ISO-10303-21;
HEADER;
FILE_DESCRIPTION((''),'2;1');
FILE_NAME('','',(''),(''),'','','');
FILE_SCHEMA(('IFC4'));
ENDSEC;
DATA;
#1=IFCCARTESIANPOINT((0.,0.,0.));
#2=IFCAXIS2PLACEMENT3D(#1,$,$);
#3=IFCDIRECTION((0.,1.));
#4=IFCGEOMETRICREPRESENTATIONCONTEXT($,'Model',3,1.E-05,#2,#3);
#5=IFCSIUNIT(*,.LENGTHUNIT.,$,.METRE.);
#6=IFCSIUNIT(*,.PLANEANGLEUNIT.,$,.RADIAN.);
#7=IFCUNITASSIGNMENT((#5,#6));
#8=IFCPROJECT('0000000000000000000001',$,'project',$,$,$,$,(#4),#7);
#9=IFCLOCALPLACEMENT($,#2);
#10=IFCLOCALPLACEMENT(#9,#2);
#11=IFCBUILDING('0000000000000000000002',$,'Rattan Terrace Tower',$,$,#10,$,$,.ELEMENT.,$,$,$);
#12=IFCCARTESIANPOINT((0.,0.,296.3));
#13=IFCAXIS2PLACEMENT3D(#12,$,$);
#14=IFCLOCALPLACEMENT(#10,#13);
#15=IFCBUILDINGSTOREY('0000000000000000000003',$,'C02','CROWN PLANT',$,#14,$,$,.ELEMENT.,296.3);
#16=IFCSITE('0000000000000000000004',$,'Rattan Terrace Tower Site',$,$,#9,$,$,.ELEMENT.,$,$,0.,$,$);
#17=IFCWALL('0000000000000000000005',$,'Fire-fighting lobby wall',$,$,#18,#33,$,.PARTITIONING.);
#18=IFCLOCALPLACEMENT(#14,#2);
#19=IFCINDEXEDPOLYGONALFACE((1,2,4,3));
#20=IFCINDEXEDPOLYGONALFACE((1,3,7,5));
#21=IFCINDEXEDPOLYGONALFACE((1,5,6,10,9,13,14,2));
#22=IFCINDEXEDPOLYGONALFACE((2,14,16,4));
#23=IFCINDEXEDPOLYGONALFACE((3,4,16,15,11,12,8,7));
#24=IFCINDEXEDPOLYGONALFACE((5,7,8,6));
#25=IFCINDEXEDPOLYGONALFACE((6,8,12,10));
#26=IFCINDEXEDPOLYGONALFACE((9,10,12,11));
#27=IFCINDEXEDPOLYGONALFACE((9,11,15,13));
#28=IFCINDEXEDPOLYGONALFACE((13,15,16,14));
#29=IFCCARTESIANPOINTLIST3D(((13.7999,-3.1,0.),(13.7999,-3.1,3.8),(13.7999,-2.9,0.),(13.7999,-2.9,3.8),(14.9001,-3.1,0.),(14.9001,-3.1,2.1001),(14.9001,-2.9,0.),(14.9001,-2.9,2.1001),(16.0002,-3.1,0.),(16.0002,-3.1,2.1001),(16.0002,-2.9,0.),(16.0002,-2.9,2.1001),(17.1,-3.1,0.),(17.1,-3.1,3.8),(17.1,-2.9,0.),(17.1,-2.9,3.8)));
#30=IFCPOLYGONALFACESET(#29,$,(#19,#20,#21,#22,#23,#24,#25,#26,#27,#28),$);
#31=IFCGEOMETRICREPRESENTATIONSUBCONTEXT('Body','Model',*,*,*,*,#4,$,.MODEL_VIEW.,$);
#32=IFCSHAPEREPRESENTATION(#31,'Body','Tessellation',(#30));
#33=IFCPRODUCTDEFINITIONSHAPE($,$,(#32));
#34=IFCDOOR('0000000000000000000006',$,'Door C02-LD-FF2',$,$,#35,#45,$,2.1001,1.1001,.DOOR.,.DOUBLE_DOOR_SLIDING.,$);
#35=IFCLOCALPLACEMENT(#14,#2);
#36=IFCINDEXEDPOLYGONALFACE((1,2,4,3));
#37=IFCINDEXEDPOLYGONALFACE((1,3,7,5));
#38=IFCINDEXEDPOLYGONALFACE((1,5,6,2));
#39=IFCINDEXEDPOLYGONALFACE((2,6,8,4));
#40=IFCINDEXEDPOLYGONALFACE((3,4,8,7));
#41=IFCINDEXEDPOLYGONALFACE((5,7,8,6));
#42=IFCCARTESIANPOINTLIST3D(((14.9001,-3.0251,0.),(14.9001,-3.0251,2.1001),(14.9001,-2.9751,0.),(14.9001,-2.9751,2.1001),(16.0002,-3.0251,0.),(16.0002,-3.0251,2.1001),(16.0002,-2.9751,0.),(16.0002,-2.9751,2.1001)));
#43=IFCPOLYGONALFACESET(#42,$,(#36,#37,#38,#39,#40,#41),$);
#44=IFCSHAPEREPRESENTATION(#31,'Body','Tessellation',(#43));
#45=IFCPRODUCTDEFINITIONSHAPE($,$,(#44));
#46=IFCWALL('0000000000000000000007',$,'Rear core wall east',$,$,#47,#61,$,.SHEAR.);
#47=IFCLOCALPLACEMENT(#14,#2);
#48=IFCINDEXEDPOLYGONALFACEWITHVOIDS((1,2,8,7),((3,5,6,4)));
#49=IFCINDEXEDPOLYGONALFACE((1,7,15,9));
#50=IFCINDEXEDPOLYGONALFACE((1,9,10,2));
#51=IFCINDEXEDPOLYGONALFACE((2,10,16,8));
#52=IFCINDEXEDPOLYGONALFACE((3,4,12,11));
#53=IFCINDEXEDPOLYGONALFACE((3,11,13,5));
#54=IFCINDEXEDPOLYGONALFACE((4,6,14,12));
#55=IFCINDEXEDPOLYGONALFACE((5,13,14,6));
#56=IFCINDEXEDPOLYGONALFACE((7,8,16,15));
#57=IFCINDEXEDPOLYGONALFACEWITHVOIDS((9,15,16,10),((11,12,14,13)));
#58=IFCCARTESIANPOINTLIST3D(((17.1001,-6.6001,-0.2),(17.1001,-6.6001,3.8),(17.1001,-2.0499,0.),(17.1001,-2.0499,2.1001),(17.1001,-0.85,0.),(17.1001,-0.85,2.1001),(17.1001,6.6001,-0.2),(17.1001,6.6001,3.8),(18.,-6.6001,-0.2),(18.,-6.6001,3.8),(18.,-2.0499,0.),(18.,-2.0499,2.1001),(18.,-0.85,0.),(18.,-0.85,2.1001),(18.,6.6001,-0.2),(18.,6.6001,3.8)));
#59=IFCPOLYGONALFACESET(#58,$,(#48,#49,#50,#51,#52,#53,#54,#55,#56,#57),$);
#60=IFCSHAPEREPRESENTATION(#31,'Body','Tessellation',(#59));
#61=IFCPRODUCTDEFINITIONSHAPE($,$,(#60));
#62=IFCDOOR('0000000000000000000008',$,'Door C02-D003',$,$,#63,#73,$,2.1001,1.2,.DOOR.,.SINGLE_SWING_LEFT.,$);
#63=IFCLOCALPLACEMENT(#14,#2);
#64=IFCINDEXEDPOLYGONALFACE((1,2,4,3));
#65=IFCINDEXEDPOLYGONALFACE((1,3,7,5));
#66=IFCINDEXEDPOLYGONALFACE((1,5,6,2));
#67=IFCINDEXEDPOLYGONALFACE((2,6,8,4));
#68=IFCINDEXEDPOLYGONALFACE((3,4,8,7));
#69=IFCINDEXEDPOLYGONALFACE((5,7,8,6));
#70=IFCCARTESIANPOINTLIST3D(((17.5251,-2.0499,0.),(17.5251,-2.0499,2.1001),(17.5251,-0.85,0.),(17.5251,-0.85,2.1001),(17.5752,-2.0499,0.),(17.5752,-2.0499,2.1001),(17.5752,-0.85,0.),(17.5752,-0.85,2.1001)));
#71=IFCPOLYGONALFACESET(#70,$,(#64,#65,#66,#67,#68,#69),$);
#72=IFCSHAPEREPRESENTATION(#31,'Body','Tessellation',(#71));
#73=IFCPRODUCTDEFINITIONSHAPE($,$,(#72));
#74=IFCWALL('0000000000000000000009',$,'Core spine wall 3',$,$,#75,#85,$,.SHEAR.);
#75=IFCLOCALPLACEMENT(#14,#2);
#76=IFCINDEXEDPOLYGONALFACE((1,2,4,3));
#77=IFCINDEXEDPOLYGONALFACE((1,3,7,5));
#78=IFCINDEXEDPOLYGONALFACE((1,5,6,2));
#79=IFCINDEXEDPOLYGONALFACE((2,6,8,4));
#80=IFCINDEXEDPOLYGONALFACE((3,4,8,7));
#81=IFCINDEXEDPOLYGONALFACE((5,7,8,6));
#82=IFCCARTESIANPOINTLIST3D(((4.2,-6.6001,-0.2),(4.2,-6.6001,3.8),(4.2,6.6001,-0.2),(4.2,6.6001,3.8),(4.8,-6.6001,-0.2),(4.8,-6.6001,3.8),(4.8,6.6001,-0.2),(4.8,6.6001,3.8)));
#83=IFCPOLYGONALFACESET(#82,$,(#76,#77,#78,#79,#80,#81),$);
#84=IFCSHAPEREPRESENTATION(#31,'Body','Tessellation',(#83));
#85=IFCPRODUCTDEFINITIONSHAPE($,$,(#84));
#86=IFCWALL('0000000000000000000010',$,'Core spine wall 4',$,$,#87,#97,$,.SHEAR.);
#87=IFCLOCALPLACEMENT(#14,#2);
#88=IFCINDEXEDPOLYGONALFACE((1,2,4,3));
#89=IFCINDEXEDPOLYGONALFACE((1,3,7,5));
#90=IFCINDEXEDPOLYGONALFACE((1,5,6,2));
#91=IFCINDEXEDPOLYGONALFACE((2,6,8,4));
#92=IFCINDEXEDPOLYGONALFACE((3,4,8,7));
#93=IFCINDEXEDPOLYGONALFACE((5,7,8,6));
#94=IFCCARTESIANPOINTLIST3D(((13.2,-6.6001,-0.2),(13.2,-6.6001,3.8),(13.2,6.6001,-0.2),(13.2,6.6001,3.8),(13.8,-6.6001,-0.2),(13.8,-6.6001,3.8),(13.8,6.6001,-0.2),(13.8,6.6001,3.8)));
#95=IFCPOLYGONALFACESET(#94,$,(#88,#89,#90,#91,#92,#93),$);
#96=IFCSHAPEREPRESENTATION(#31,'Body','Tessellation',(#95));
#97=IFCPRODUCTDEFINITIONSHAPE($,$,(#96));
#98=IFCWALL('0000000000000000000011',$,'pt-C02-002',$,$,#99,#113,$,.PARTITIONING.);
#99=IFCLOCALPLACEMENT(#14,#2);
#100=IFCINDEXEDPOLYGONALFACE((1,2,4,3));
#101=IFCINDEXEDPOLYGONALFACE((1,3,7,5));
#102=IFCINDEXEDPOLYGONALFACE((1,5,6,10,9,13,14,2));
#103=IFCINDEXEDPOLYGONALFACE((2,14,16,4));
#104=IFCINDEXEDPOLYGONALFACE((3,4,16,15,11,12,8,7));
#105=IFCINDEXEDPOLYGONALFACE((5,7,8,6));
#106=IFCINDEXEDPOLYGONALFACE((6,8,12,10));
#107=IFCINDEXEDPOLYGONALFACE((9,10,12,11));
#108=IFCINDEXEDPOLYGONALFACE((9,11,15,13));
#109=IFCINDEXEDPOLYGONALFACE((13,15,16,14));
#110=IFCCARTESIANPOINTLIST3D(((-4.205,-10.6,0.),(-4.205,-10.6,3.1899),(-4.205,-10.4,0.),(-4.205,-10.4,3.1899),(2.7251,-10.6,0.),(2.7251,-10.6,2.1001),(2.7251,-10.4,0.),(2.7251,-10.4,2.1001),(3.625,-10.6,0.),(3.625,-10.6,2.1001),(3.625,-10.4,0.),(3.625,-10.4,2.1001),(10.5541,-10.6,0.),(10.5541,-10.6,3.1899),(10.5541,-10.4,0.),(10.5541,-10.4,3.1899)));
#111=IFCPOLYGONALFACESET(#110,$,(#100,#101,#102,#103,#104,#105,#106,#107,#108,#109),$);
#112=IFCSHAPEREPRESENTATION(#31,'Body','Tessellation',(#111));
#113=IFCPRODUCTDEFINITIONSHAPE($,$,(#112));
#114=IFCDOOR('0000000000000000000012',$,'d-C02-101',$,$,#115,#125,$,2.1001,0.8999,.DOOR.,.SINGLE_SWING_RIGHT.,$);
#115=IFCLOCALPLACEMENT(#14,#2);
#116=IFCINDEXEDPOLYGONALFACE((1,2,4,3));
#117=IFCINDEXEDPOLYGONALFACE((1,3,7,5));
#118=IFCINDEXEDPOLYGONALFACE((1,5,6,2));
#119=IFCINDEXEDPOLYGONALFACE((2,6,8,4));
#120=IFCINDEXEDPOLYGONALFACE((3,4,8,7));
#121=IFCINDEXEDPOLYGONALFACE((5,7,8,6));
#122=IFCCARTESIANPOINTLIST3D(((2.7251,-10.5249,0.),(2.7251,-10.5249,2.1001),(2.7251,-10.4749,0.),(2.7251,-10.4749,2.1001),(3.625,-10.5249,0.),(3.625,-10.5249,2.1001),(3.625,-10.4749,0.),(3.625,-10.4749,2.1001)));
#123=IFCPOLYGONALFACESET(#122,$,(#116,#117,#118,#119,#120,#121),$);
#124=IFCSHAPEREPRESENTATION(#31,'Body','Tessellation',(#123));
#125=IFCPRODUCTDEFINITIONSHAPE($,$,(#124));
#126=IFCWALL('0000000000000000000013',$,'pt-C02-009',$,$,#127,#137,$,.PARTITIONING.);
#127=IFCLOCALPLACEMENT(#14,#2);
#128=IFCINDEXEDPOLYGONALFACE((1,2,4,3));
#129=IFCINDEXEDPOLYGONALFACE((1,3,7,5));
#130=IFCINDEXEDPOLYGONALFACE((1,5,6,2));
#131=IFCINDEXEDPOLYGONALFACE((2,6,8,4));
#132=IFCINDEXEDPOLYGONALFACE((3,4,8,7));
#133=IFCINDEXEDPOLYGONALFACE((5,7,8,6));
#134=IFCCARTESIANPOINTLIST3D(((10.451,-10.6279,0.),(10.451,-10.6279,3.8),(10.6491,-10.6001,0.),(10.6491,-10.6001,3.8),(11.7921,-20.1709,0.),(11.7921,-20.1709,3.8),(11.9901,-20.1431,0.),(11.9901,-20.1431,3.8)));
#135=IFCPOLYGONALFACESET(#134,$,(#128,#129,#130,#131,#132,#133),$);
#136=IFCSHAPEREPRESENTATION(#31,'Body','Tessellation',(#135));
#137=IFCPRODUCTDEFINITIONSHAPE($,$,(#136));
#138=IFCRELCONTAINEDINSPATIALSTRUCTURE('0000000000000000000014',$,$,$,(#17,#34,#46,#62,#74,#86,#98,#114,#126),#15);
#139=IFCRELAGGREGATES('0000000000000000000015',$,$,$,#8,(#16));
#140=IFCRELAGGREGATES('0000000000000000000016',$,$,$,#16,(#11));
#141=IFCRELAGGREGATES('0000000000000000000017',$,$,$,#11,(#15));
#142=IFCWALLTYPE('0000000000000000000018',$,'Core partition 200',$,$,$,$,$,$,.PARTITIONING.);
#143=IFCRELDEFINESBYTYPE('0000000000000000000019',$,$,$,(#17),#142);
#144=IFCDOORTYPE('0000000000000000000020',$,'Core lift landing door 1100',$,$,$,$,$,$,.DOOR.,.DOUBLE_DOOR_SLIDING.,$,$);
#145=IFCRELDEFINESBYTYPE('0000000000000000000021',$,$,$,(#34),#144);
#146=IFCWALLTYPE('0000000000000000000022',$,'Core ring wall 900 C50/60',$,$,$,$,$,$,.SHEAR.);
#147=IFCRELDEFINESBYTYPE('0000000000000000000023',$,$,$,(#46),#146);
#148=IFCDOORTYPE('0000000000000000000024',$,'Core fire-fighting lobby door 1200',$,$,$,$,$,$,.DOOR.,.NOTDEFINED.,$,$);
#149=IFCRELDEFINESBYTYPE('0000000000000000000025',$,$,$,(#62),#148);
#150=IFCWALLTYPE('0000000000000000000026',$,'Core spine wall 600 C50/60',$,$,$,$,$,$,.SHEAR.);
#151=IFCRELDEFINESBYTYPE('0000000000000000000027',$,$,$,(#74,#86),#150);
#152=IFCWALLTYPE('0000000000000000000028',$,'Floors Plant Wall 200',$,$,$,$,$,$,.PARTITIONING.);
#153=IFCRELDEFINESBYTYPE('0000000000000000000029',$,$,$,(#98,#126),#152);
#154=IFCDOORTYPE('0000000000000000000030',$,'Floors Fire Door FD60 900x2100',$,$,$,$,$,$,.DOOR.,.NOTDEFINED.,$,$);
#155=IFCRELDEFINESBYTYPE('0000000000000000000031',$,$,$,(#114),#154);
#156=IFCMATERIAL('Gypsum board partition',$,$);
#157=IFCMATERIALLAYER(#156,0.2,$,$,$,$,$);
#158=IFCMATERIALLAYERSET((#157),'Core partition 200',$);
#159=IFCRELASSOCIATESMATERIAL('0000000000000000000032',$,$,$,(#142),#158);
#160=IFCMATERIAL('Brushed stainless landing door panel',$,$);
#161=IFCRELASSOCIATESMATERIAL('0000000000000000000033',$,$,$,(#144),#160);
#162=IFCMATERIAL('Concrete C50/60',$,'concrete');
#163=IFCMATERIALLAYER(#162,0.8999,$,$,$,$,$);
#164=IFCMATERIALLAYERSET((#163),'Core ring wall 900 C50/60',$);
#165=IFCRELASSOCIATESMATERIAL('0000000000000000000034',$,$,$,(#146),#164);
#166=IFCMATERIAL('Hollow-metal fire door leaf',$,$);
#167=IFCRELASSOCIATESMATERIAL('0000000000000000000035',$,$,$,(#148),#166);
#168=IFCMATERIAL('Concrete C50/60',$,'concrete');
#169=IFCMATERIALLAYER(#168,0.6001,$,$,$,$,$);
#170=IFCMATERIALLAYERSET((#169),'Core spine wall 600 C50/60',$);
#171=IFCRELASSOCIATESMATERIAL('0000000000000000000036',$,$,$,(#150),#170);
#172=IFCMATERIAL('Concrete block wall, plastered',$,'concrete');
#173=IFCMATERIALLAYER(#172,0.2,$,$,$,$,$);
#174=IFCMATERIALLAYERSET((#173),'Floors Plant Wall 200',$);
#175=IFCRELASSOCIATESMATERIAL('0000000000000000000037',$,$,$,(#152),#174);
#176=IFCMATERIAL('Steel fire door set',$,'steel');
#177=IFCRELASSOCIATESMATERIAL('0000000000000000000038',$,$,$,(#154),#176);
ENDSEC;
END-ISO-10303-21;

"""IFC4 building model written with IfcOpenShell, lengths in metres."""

from ifc_helpers import new_model, si_unit, direction, frame, frame_2d, origin, place, context, subcontext, project, spatial, rectangle, extrude, material, layer, layer_set, type_object, element, fill, save


model = new_model("IFC4")

# Units and contexts
model_context = context("Model", 3, precision=1e-05, world=origin(), true_north=direction((0.0, 1.0)))
body_context = subcontext(model_context, "Body", "Model", "MODEL_VIEW")
ifc_project = project(units=[si_unit("LENGTHUNIT", "METRE"), si_unit("PLANEANGLEUNIT", "RADIAN")], contexts=[model_context])

# Site, building, storey
site_placement = place(None, origin())
site = spatial("IfcSite", under=ifc_project, at=site_placement, Name="Rattan Terrace Tower Site", CompositionType="ELEMENT", RefElevation=0.0)
building_placement = place(site_placement, origin())
building = spatial("IfcBuilding", under=site, at=building_placement, Name="Rattan Terrace Tower", CompositionType="ELEMENT")
storey_placement = place(building_placement, frame((0.0, 0.0, 296.3)))
storey = spatial("IfcBuildingStorey", under=building, at=storey_placement, Name="C02", Description="CROWN PLANT", CompositionType="ELEMENT", Elevation=296.3)

# Walls, openings, doors
ifc_material_1 = material(Name="Gypsum board partition")
ifc_layer_1 = layer(ifc_material_1, 0.2)
ifc_layer_set_1 = layer_set([ifc_layer_1], Name="Core partition 200")
wall_type_1 = type_object("IfcWallType", Name="Core partition 200", PredefinedType="PARTITIONING", material=ifc_layer_set_1)
wall_1_placement = place(storey_placement, frame((13.8, -3.0, 0.0), z_axis=(0.0, 0.0, 1.0), x_axis=(1.0, 0.0, 0.0)))
wall_1 = element("IfcWall", 1, at=wall_1_placement, inside=storey, type_object=wall_type_1, Name="Fire-fighting lobby wall", PredefinedType="PARTITIONING", context=body_context, shape_type="SweptSolid", body=[
    extrude(rectangle(XDim=3.3, YDim=0.2, at=frame_2d((1.6499, 0.0))), origin(), (0.0, 0.0, 1.0), 3.8),
])
opening_1_placement = place(wall_1_placement, frame((1.1001, 0.0, 0.0)))
opening_1 = element("IfcOpeningElement", 2, at=opening_1_placement, cuts=wall_1, PredefinedType="OPENING", context=body_context, shape_type="SweptSolid", body=[
    extrude(rectangle(XDim=1.1001, YDim=2.1001, at=frame_2d((0.55, 1.05))), frame((0.0, 0.1106, 0.0), z_axis=(0.0, -1.0, 0.0), x_axis=(1.0, 0.0, 0.0)), (0.0, 0.0, 1.0), 0.2209),
])
ifc_material_2 = material(Name="Brushed stainless landing door panel")
door_type_1 = type_object("IfcDoorType", Name="Core lift landing door 1100", OperationType="DOUBLE_DOOR_SLIDING", PredefinedType="DOOR", material=ifc_material_2)
door_1_placement = place(opening_1_placement, origin())
door_1 = element("IfcDoor", 3, at=door_1_placement, inside=storey, type_object=door_type_1, Name="Door C02-LD-FF2", OperationType="DOUBLE_DOOR_SLIDING", OverallHeight=2.1001, OverallWidth=1.1001, PredefinedType="DOOR", context=body_context, shape_type="SweptSolid", body=[
    extrude(rectangle(XDim=1.1001, YDim=2.1001, at=frame_2d((0.55, 1.05))), frame((0.0, 0.0249, 0.0), z_axis=(0.0, -1.0, 0.0), x_axis=(1.0, 0.0, 0.0)), (0.0, 0.0, 1.0), 0.05),
])
fill(opening_1, door_1)
ifc_material_3 = material(Name="Concrete C50/60", Category="concrete")
ifc_layer_2 = layer(ifc_material_3, 0.8999)
ifc_layer_set_2 = layer_set([ifc_layer_2], Name="Core ring wall 900 C50/60")
wall_type_2 = type_object("IfcWallType", Name="Core ring wall 900 C50/60", PredefinedType="SHEAR", material=ifc_layer_set_2)
wall_2_placement = place(storey_placement, frame((17.55, -6.6001, -0.2), z_axis=(0.0, 0.0, 1.0), x_axis=(0.0, 1.0, 0.0)))
wall_2 = element("IfcWall", 4, at=wall_2_placement, inside=storey, type_object=wall_type_2, Name="Rear core wall east", PredefinedType="SHEAR", context=body_context, shape_type="SweptSolid", body=[
    extrude(rectangle(XDim=13.2002, YDim=0.8999, at=frame_2d((6.6001, 0.0))), origin(), (0.0, 0.0, 1.0), 4.0),
])
opening_2_placement = place(wall_2_placement, frame((4.55, 0.0, 0.2)))
opening_2 = element("IfcOpeningElement", 5, at=opening_2_placement, cuts=wall_2, PredefinedType="OPENING", context=body_context, shape_type="SweptSolid", body=[
    extrude(rectangle(XDim=1.2, YDim=2.1001, at=frame_2d((0.6001, 1.05))), frame((0.0, 0.4604, 0.0), z_axis=(0.0, -1.0, 0.0), x_axis=(1.0, 0.0, 0.0)), (0.0, 0.0, 1.0), 0.9209),
])
ifc_material_4 = material(Name="Hollow-metal fire door leaf")
door_type_2 = type_object("IfcDoorType", Name="Core fire-fighting lobby door 1200", OperationType="NOTDEFINED", PredefinedType="DOOR", material=ifc_material_4)
door_2_placement = place(opening_2_placement, origin())
door_2 = element("IfcDoor", 6, at=door_2_placement, inside=storey, type_object=door_type_2, Name="Door C02-D003", OperationType="SINGLE_SWING_LEFT", OverallHeight=2.1001, OverallWidth=1.2, PredefinedType="DOOR", context=body_context, shape_type="SweptSolid", body=[
    extrude(rectangle(XDim=1.2, YDim=2.1001, at=frame_2d((0.6001, 1.05))), frame((0.0, 0.0249, 0.0), z_axis=(0.0, -1.0, 0.0), x_axis=(1.0, 0.0, 0.0)), (0.0, 0.0, 1.0), 0.05),
])
fill(opening_2, door_2)

# Walls
ifc_material_5 = material(Name="Concrete C50/60", Category="concrete")
ifc_layer_3 = layer(ifc_material_5, 0.6001)
ifc_layer_set_3 = layer_set([ifc_layer_3], Name="Core spine wall 600 C50/60")
wall_type_3 = type_object("IfcWallType", Name="Core spine wall 600 C50/60", PredefinedType="SHEAR", material=ifc_layer_set_3)
for number, where, z_axis, x_axis, name in (
    (7, (4.5, -6.6001, -0.2), (0.0, 0.0, 1.0), (0.0, 1.0, 0.0), "Core spine wall 3"),
    (8, (13.5, -6.6001, -0.2), (0.0, 0.0, 1.0), (0.0, 1.0, 0.0), "Core spine wall 4"),
):
    element("IfcWall", number, at=place(storey_placement, frame(where, z_axis=z_axis, x_axis=x_axis)), inside=storey, type_object=wall_type_3, Name=name, PredefinedType="SHEAR", context=body_context, shape_type="SweptSolid", body=[
        extrude(rectangle(XDim=13.2002, YDim=0.6001, at=frame_2d((6.6001, 0.0))), origin(), (0.0, 0.0, 1.0), 4.0),
    ])

# Wall, opening, door
ifc_material_6 = material(Name="Concrete block wall, plastered", Category="concrete")
ifc_layer_4 = layer(ifc_material_6, 0.2)
ifc_layer_set_4 = layer_set([ifc_layer_4], Name="Floors Plant Wall 200")
wall_type_4 = type_object("IfcWallType", Name="Floors Plant Wall 200", PredefinedType="PARTITIONING", material=ifc_layer_set_4)
wall_3_placement = place(storey_placement, frame((10.554, -10.5, 0.0), z_axis=(0.0, 0.0, 1.0), x_axis=(-1.0, 0.0, 0.0)))
wall_3 = element("IfcWall", 9, at=wall_3_placement, inside=storey, type_object=wall_type_4, Name="pt-C02-002", PredefinedType="PARTITIONING", context=body_context, shape_type="SweptSolid", body=[
    extrude(rectangle(XDim=14.759, YDim=0.2, at=frame_2d((7.3794, 0.0))), origin(), (0.0, 0.0, 1.0), 3.1899),
])
opening_3_placement = place(wall_3_placement, frame((6.929, 0.0, 0.0)))
opening_3 = element("IfcOpeningElement", 10, at=opening_3_placement, cuts=wall_3, PredefinedType="OPENING", context=body_context, shape_type="SweptSolid", body=[
    extrude(rectangle(XDim=0.8999, YDim=2.1001, at=frame_2d((0.45, 1.05))), frame((0.0, 0.1106, 0.0), z_axis=(0.0, -1.0, 0.0), x_axis=(1.0, 0.0, 0.0)), (0.0, 0.0, 1.0), 0.2209),
])
ifc_material_7 = material(Name="Steel fire door set", Category="steel")
door_type_3 = type_object("IfcDoorType", Name="Floors Fire Door FD60 900x2100", OperationType="NOTDEFINED", PredefinedType="DOOR", material=ifc_material_7)
door_3_placement = place(opening_3_placement, origin())
door_3 = element("IfcDoor", 11, at=door_3_placement, inside=storey, type_object=door_type_3, Name="d-C02-101", OperationType="SINGLE_SWING_RIGHT", OverallHeight=2.1001, OverallWidth=0.8999, PredefinedType="DOOR", context=body_context, shape_type="SweptSolid", body=[
    extrude(rectangle(XDim=0.8999, YDim=2.1001, at=frame_2d((0.45, 1.05))), frame((0.0, 0.0249, 0.0), z_axis=(0.0, -1.0, 0.0), x_axis=(1.0, 0.0, 0.0)), (0.0, 0.0, 1.0), 0.05),
])
fill(opening_3, door_3)

# Wall
wall_4_placement = place(storey_placement, frame((10.55, -10.614, 0.0), z_axis=(0.0, 0.0, 1.0), x_axis=(0.139162, -0.99027, 0.0)))
element("IfcWall", 12, at=wall_4_placement, inside=storey, type_object=wall_type_4, Name="pt-C02-009", PredefinedType="PARTITIONING", context=body_context, shape_type="SweptSolid", body=[
    extrude(rectangle(XDim=9.6367, YDim=0.2, at=frame_2d((4.8184, 0.0))), origin(), (0.0, 0.0, 1.0), 3.8),
])

save(model, "model.ifc")
